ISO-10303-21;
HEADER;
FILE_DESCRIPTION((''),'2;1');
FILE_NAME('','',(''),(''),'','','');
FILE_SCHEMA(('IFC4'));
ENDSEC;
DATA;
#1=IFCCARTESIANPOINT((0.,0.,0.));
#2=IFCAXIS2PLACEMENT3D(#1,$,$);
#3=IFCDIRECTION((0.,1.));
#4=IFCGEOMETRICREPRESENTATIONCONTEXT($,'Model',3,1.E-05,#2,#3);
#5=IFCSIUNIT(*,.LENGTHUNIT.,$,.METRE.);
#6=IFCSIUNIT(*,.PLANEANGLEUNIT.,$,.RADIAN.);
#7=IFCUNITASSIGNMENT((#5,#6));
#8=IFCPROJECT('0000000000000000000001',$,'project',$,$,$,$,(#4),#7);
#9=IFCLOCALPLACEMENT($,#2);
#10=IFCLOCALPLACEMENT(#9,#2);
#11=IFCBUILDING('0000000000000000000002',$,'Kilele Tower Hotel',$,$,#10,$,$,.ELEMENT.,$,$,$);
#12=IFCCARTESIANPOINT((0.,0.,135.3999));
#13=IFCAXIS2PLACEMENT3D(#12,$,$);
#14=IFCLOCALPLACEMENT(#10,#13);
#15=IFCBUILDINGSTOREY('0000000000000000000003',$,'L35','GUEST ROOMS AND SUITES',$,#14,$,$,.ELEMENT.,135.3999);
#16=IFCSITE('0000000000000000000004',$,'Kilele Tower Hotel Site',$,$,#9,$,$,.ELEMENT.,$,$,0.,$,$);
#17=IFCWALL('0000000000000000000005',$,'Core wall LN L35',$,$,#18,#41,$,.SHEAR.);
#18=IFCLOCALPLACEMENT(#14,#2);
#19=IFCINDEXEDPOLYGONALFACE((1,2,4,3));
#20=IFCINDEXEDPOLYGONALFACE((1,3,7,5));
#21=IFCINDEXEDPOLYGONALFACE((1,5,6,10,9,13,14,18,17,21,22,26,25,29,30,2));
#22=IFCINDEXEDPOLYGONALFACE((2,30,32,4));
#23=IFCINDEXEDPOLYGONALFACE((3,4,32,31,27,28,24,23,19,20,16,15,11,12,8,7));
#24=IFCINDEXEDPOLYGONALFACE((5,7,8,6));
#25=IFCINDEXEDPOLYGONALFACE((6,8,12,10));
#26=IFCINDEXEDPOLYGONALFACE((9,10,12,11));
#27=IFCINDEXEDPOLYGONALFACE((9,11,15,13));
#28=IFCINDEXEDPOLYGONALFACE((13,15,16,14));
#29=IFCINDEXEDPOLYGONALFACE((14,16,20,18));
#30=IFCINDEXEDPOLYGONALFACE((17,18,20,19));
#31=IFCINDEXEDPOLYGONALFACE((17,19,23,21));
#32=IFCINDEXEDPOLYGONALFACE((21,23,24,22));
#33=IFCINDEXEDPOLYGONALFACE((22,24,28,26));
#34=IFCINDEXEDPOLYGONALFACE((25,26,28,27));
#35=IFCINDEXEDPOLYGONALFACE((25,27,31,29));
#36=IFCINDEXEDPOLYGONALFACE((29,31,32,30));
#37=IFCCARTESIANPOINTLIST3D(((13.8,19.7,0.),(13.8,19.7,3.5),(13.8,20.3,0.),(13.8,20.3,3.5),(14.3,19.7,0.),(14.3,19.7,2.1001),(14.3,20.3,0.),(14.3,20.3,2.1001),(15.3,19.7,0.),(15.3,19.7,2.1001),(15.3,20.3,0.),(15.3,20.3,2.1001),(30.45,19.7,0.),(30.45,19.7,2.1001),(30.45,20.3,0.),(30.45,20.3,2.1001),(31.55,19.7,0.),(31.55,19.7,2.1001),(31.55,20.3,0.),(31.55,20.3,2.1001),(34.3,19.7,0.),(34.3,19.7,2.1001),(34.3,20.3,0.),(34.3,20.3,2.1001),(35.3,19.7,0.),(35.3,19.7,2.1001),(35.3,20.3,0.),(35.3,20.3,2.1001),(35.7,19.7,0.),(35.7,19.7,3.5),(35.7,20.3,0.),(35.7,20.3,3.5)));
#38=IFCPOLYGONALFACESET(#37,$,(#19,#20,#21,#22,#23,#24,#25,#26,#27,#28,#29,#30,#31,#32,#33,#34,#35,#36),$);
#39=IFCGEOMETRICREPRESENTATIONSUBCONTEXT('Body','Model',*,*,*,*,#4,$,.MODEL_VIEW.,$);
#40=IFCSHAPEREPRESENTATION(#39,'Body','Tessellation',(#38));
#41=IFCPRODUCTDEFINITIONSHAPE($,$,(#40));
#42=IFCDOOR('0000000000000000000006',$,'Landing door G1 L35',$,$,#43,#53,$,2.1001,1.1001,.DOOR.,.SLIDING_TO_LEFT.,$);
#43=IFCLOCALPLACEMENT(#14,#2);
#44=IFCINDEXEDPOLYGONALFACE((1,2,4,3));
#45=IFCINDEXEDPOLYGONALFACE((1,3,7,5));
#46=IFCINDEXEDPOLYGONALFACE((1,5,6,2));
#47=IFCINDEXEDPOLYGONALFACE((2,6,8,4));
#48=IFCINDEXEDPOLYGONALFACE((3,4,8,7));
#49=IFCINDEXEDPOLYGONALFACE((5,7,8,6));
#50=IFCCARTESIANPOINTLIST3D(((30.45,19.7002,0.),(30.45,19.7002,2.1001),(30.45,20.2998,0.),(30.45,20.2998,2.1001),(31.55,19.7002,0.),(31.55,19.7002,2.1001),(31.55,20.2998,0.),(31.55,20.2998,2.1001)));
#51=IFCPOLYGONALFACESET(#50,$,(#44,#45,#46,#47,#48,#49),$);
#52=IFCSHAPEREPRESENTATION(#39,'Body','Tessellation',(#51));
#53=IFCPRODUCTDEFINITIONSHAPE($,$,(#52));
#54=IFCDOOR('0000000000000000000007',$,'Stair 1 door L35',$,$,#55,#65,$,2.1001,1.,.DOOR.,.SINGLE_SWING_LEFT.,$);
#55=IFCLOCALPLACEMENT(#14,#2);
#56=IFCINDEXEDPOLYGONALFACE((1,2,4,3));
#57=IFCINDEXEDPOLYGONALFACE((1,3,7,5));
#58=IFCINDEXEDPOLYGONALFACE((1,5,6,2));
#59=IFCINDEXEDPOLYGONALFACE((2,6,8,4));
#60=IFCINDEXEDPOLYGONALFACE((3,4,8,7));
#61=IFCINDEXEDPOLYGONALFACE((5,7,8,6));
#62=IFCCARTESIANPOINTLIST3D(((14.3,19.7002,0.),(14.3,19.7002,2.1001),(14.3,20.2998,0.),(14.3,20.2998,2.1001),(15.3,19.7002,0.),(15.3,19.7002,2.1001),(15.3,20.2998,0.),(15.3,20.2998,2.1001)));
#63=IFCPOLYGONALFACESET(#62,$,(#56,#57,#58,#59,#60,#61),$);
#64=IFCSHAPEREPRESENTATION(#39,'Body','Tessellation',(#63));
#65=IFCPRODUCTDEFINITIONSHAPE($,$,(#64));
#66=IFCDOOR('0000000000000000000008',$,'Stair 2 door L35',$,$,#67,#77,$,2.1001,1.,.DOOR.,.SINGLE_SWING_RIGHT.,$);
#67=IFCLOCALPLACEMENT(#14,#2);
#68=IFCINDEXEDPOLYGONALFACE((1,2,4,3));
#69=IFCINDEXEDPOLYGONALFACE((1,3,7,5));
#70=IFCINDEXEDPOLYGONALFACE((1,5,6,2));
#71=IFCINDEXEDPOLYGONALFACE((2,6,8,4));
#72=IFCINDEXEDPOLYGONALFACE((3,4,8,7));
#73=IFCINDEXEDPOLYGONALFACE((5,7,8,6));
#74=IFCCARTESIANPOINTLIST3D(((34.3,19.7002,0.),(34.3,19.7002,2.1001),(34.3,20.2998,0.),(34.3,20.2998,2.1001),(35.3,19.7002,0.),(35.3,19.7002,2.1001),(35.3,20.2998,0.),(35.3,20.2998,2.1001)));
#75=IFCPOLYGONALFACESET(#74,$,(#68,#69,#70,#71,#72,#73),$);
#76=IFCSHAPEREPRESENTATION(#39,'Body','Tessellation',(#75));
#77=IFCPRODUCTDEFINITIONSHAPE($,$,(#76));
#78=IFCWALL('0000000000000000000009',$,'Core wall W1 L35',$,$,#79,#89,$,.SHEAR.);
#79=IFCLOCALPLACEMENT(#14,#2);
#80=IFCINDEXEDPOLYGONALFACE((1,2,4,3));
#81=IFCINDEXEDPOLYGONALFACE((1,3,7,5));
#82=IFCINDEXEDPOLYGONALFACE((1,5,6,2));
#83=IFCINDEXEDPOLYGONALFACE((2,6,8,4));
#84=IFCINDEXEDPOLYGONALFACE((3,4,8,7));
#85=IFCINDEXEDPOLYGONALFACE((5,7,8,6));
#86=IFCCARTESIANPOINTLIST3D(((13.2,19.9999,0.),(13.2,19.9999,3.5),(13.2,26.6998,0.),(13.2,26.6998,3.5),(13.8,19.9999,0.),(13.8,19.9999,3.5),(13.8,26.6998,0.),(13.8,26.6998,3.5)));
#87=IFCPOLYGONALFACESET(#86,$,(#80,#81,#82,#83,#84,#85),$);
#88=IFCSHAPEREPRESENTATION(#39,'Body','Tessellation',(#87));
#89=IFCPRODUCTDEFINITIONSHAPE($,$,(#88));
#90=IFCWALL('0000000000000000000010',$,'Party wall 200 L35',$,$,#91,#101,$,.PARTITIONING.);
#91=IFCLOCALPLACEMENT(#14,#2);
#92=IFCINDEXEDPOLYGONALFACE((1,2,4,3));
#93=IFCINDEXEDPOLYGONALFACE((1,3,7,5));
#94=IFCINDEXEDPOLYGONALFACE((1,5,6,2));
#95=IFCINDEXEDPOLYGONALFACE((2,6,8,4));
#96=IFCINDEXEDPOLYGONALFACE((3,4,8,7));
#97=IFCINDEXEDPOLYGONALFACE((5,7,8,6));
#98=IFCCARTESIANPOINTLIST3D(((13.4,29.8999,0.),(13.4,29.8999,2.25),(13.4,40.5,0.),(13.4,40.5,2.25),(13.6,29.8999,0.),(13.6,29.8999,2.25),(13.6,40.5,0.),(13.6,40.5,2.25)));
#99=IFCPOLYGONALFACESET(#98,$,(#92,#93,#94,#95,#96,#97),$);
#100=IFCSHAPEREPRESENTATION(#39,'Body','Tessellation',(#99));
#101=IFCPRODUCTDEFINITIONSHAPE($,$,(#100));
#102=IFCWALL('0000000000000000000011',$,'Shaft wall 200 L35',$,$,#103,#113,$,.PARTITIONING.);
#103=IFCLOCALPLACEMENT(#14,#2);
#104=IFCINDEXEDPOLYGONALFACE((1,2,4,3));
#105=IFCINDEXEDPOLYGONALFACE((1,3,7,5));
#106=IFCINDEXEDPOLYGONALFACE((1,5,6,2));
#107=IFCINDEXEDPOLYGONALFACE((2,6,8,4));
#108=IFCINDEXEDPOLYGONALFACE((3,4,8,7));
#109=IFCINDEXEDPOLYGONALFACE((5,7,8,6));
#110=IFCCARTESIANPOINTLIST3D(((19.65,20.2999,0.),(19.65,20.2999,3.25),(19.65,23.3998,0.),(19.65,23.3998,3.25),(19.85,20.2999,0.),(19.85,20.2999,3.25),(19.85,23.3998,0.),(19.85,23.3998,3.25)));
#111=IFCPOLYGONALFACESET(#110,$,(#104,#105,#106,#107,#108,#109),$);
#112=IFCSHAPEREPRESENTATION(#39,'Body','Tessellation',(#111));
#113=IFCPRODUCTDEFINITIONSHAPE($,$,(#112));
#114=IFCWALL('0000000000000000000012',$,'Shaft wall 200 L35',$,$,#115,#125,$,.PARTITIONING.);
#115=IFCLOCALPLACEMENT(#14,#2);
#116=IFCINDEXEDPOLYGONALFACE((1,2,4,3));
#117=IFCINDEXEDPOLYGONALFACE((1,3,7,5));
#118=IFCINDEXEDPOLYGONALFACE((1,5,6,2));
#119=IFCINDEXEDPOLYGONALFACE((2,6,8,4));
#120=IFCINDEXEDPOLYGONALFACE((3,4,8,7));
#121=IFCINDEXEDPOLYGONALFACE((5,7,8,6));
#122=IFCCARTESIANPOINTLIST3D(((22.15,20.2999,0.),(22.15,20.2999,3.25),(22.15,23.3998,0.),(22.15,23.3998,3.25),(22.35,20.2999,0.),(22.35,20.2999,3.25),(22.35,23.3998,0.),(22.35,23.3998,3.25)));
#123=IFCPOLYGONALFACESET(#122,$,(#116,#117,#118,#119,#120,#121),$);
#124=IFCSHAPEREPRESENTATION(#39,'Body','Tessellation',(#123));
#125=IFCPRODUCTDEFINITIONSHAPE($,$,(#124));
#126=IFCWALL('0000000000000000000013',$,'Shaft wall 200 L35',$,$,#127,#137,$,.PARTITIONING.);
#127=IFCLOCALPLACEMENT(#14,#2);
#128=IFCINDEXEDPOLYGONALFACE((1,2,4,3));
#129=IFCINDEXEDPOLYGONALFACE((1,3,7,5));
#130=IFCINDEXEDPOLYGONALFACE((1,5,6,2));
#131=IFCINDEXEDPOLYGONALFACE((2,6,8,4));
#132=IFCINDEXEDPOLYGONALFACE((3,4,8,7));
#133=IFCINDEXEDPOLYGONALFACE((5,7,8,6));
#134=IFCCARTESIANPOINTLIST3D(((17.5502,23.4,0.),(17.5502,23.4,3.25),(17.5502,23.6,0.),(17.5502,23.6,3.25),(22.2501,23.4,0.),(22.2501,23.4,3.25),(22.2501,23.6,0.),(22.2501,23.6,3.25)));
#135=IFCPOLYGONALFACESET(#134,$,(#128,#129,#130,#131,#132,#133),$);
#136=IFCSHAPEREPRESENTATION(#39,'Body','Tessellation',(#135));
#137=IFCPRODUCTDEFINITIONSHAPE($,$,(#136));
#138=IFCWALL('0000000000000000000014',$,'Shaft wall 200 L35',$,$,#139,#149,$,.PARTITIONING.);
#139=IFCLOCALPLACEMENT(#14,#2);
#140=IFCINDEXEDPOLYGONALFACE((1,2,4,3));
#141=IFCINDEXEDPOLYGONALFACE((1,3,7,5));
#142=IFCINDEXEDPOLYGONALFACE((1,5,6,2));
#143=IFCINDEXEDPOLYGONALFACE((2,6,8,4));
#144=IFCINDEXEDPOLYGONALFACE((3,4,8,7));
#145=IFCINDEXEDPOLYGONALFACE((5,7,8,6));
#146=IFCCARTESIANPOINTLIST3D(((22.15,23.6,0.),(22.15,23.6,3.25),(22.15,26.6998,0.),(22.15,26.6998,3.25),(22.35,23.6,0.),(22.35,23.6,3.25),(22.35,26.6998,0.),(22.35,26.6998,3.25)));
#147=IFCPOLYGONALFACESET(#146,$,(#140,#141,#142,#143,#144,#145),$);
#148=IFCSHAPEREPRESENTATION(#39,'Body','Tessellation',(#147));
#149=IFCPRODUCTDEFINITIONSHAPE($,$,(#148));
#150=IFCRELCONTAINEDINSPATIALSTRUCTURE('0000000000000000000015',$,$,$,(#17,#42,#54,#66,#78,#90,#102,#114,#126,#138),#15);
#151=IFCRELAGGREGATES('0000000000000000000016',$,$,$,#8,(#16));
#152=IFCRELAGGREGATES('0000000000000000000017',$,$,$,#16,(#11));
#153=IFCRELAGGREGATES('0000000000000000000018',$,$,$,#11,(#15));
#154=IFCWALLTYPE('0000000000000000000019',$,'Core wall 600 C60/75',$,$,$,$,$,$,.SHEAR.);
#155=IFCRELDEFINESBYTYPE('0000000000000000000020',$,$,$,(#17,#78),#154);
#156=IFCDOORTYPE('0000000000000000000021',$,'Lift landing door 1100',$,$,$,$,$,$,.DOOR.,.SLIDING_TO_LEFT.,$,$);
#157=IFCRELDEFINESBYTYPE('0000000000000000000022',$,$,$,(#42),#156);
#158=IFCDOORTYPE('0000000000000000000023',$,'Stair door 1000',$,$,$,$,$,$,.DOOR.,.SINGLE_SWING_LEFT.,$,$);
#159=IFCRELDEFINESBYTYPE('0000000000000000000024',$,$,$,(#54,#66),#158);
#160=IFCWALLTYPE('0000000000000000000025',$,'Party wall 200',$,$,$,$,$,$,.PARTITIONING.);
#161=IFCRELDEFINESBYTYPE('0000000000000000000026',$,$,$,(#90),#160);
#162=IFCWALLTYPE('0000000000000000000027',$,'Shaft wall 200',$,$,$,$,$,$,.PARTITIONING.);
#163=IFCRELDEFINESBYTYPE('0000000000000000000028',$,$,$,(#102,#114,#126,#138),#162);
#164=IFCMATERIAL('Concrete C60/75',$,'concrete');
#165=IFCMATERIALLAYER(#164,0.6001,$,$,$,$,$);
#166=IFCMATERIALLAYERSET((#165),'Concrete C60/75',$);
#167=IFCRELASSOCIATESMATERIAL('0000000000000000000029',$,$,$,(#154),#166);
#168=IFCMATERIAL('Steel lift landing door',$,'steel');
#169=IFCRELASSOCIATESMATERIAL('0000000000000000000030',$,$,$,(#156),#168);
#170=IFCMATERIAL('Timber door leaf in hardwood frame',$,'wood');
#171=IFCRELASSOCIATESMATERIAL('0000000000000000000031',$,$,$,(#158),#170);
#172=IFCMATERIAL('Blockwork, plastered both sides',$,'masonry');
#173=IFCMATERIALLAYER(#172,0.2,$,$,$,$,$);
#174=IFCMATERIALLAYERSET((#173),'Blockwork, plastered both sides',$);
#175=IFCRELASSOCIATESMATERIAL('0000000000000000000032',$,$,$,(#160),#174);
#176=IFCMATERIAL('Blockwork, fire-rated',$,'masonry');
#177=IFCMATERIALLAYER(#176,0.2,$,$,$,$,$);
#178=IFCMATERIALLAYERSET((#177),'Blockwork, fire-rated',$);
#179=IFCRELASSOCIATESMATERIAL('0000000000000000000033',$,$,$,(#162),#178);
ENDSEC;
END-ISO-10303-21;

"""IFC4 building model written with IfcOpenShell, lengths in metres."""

from ifc_helpers import new_model, si_unit, direction, frame, frame_2d, origin, place, context, subcontext, project, spatial, rectangle, extrude, material, layer, layer_set, type_object, element, fill, save


model = new_model("IFC4")

# Units and contexts
model_context = context("Model", 3, precision=1e-05, world=origin(), true_north=direction((0.0, 1.0)))
body_context = subcontext(model_context, "Body", "Model", "MODEL_VIEW")
ifc_project = project(units=[si_unit("LENGTHUNIT", "METRE"), si_unit("PLANEANGLEUNIT", "RADIAN")], contexts=[model_context])

# Site, building, storey
site_placement = place(None, origin())
site = spatial("IfcSite", under=ifc_project, at=site_placement, Name="Kilele Tower Hotel Site", CompositionType="ELEMENT", RefElevation=0.0)
building_placement = place(site_placement, origin())
building = spatial("IfcBuilding", under=site, at=building_placement, Name="Kilele Tower Hotel", CompositionType="ELEMENT")
storey_placement = place(building_placement, frame((0.0, 0.0, 135.3999)))
storey = spatial("IfcBuildingStorey", under=building, at=storey_placement, Name="L35", Description="GUEST ROOMS AND SUITES", CompositionType="ELEMENT", Elevation=135.3999)

# Wall, openings, doors
ifc_material_1 = material(Name="Concrete C60/75", Category="concrete")
ifc_layer_1 = layer(ifc_material_1, 0.6001)
ifc_layer_set_1 = layer_set([ifc_layer_1], Name="Concrete C60/75")
wall_type_1 = type_object("IfcWallType", Name="Core wall 600 C60/75", PredefinedType="SHEAR", material=ifc_layer_set_1)
wall_1_placement = place(storey_placement, frame((13.8, 20.0, 0.0), z_axis=(0.0, 0.0, 1.0), x_axis=(1.0, 0.0, 0.0)))
wall_1 = element("IfcWall", 1, at=wall_1_placement, inside=storey, type_object=wall_type_1, Name="Core wall LN L35", PredefinedType="SHEAR", context=body_context, shape_type="SweptSolid", body=[
    extrude(rectangle(XDim=21.8999, YDim=0.6001, at=frame_2d((10.95, 0.0))), origin(), (0.0, 0.0, 1.0), 3.5),
])
opening_1_placement = place(wall_1_placement, frame((0.5, 0.0, 0.0)))
opening_1 = element("IfcOpeningElement", 2, at=opening_1_placement, cuts=wall_1, PredefinedType="OPENING", context=body_context, shape_type="SweptSolid", body=[
    extrude(rectangle(XDim=1.0, YDim=2.1001, at=frame_2d((0.5, 1.05))), frame((0.0, 0.3101, 0.0), z_axis=(0.0, -1.0, 0.0), x_axis=(1.0, 0.0, 0.0)), (0.0, 0.0, 1.0), 0.6201),
])
opening_2_placement = place(wall_1_placement, frame((20.5, 0.0, 0.0)))
opening_2 = element("IfcOpeningElement", 3, at=opening_2_placement, cuts=wall_1, PredefinedType="OPENING", context=body_context, shape_type="SweptSolid", body=[
    extrude(rectangle(XDim=1.0, YDim=2.1001, at=frame_2d((0.5, 1.05))), frame((0.0, 0.3101, 0.0), z_axis=(0.0, -1.0, 0.0), x_axis=(1.0, 0.0, 0.0)), (0.0, 0.0, 1.0), 0.6201),
])
opening_3_placement = place(wall_1_placement, frame((16.6499, 0.0, 0.0)))
opening_3 = element("IfcOpeningElement", 4, at=opening_3_placement, cuts=wall_1, PredefinedType="OPENING", context=body_context, shape_type="SweptSolid", body=[
    extrude(rectangle(XDim=1.1001, YDim=2.1001, at=frame_2d((0.55, 1.05))), frame((0.0, 0.3101, 0.0), z_axis=(0.0, -1.0, 0.0), x_axis=(1.0, 0.0, 0.0)), (0.0, 0.0, 1.0), 0.6201),
])
ifc_material_2 = material(Name="Steel lift landing door", Category="steel")
door_type_1 = type_object("IfcDoorType", Name="Lift landing door 1100", OperationType="SLIDING_TO_LEFT", PredefinedType="DOOR", material=ifc_material_2)
door_1_placement = place(opening_3_placement, origin())
door_1 = element("IfcDoor", 5, at=door_1_placement, inside=storey, type_object=door_type_1, Name="Landing door G1 L35", OperationType="SLIDING_TO_LEFT", OverallHeight=2.1001, OverallWidth=1.1001, PredefinedType="DOOR", context=body_context, shape_type="SweptSolid", body=[
    extrude(rectangle(XDim=1.1001, YDim=2.1001, at=frame_2d((0.55, 1.05))), frame((0.0, 0.2998, 0.0), z_axis=(0.0, -1.0, 0.0), x_axis=(1.0, 0.0, 0.0)), (0.0, 0.0, 1.0), 0.5996),
])
fill(opening_3, door_1)
ifc_material_3 = material(Name="Timber door leaf in hardwood frame", Category="wood")
door_type_2 = type_object("IfcDoorType", Name="Stair door 1000", OperationType="SINGLE_SWING_LEFT", PredefinedType="DOOR", material=ifc_material_3)
door_2_placement = place(opening_1_placement, origin())
door_2 = element("IfcDoor", 6, at=door_2_placement, inside=storey, type_object=door_type_2, Name="Stair 1 door L35", OperationType="SINGLE_SWING_LEFT", OverallHeight=2.1001, OverallWidth=1.0, PredefinedType="DOOR", context=body_context, shape_type="SweptSolid", body=[
    extrude(rectangle(XDim=1.0, YDim=2.1001, at=frame_2d((0.5, 1.05))), frame((0.0, 0.2998, 0.0), z_axis=(0.0, -1.0, 0.0), x_axis=(1.0, 0.0, 0.0)), (0.0, 0.0, 1.0), 0.5996),
])
fill(opening_1, door_2)
door_3_placement = place(opening_2_placement, origin())
door_3 = element("IfcDoor", 7, at=door_3_placement, inside=storey, type_object=door_type_2, Name="Stair 2 door L35", OperationType="SINGLE_SWING_RIGHT", OverallHeight=2.1001, OverallWidth=1.0, PredefinedType="DOOR", context=body_context, shape_type="SweptSolid", body=[
    extrude(rectangle(XDim=1.0, YDim=2.1001, at=frame_2d((0.5, 1.05))), frame((0.0, 0.2998, 0.0), z_axis=(0.0, -1.0, 0.0), x_axis=(1.0, 0.0, 0.0)), (0.0, 0.0, 1.0), 0.5996),
])
fill(opening_2, door_3)

# Walls
wall_2_placement = place(storey_placement, frame((13.5, 26.7, 0.0), z_axis=(0.0, 0.0, 1.0), x_axis=(0.0, -1.0, 0.0)))
element("IfcWall", 8, at=wall_2_placement, inside=storey, type_object=wall_type_1, Name="Core wall W1 L35", PredefinedType="SHEAR", context=body_context, shape_type="SweptSolid", body=[
    extrude(rectangle(XDim=6.7, YDim=0.6001, at=frame_2d((3.3501, 0.0))), origin(), (0.0, 0.0, 1.0), 3.5),
])
ifc_material_4 = material(Name="Blockwork, plastered both sides", Category="masonry")
ifc_layer_2 = layer(ifc_material_4, 0.2)
ifc_layer_set_2 = layer_set([ifc_layer_2], Name="Blockwork, plastered both sides")
wall_type_2 = type_object("IfcWallType", Name="Party wall 200", PredefinedType="PARTITIONING", material=ifc_layer_set_2)
wall_3_placement = place(storey_placement, frame((13.5, 29.8999, 0.0), z_axis=(0.0, 0.0, 1.0), x_axis=(0.0, 1.0, 0.0)))
element("IfcWall", 9, at=wall_3_placement, inside=storey, type_object=wall_type_2, Name="Party wall 200 L35", PredefinedType="PARTITIONING", context=body_context, shape_type="SweptSolid", body=[
    extrude(rectangle(XDim=10.6001, YDim=0.2, at=frame_2d((5.3, 0.0))), origin(), (0.0, 0.0, 1.0), 2.25),
])
ifc_material_5 = material(Name="Blockwork, fire-rated", Category="masonry")
ifc_layer_3 = layer(ifc_material_5, 0.2)
ifc_layer_set_3 = layer_set([ifc_layer_3], Name="Blockwork, fire-rated")
wall_type_3 = type_object("IfcWallType", Name="Shaft wall 200", PredefinedType="PARTITIONING", material=ifc_layer_set_3)
for number, where, z_axis, x_axis, name in (
    (10, (19.75, 20.3, 0.0), (0.0, 0.0, 1.0), (0.0, 1.0, 0.0), "Shaft wall 200 L35"),
    (11, (22.25, 20.3, 0.0), (0.0, 0.0, 1.0), (0.0, 1.0, 0.0), "Shaft wall 200 L35"),
):
    element("IfcWall", number, at=place(storey_placement, frame(where, z_axis=z_axis, x_axis=x_axis)), inside=storey, type_object=wall_type_3, Name=name, PredefinedType="PARTITIONING", context=body_context, shape_type="SweptSolid", body=[
        extrude(rectangle(XDim=3.0999, YDim=0.2, at=frame_2d((1.5498, 0.0))), origin(), (0.0, 0.0, 1.0), 3.25),
    ])
wall_4_placement = place(storey_placement, frame((17.55, 23.5, 0.0), z_axis=(0.0, 0.0, 1.0), x_axis=(1.0, 0.0, 0.0)))
element("IfcWall", 12, at=wall_4_placement, inside=storey, type_object=wall_type_3, Name="Shaft wall 200 L35", PredefinedType="PARTITIONING", context=body_context, shape_type="SweptSolid", body=[
    extrude(rectangle(XDim=4.7, YDim=0.2, at=frame_2d((2.3501, 0.0))), origin(), (0.0, 0.0, 1.0), 3.25),
])
wall_5_placement = place(storey_placement, frame((22.25, 23.6001, 0.0), z_axis=(0.0, 0.0, 1.0), x_axis=(0.0, 1.0, 0.0)))
element("IfcWall", 13, at=wall_5_placement, inside=storey, type_object=wall_type_3, Name="Shaft wall 200 L35", PredefinedType="PARTITIONING", context=body_context, shape_type="SweptSolid", body=[
    extrude(rectangle(XDim=3.0999, YDim=0.2, at=frame_2d((1.5498, 0.0))), origin(), (0.0, 0.0, 1.0), 3.25),
])

save(model, "model.ifc")
